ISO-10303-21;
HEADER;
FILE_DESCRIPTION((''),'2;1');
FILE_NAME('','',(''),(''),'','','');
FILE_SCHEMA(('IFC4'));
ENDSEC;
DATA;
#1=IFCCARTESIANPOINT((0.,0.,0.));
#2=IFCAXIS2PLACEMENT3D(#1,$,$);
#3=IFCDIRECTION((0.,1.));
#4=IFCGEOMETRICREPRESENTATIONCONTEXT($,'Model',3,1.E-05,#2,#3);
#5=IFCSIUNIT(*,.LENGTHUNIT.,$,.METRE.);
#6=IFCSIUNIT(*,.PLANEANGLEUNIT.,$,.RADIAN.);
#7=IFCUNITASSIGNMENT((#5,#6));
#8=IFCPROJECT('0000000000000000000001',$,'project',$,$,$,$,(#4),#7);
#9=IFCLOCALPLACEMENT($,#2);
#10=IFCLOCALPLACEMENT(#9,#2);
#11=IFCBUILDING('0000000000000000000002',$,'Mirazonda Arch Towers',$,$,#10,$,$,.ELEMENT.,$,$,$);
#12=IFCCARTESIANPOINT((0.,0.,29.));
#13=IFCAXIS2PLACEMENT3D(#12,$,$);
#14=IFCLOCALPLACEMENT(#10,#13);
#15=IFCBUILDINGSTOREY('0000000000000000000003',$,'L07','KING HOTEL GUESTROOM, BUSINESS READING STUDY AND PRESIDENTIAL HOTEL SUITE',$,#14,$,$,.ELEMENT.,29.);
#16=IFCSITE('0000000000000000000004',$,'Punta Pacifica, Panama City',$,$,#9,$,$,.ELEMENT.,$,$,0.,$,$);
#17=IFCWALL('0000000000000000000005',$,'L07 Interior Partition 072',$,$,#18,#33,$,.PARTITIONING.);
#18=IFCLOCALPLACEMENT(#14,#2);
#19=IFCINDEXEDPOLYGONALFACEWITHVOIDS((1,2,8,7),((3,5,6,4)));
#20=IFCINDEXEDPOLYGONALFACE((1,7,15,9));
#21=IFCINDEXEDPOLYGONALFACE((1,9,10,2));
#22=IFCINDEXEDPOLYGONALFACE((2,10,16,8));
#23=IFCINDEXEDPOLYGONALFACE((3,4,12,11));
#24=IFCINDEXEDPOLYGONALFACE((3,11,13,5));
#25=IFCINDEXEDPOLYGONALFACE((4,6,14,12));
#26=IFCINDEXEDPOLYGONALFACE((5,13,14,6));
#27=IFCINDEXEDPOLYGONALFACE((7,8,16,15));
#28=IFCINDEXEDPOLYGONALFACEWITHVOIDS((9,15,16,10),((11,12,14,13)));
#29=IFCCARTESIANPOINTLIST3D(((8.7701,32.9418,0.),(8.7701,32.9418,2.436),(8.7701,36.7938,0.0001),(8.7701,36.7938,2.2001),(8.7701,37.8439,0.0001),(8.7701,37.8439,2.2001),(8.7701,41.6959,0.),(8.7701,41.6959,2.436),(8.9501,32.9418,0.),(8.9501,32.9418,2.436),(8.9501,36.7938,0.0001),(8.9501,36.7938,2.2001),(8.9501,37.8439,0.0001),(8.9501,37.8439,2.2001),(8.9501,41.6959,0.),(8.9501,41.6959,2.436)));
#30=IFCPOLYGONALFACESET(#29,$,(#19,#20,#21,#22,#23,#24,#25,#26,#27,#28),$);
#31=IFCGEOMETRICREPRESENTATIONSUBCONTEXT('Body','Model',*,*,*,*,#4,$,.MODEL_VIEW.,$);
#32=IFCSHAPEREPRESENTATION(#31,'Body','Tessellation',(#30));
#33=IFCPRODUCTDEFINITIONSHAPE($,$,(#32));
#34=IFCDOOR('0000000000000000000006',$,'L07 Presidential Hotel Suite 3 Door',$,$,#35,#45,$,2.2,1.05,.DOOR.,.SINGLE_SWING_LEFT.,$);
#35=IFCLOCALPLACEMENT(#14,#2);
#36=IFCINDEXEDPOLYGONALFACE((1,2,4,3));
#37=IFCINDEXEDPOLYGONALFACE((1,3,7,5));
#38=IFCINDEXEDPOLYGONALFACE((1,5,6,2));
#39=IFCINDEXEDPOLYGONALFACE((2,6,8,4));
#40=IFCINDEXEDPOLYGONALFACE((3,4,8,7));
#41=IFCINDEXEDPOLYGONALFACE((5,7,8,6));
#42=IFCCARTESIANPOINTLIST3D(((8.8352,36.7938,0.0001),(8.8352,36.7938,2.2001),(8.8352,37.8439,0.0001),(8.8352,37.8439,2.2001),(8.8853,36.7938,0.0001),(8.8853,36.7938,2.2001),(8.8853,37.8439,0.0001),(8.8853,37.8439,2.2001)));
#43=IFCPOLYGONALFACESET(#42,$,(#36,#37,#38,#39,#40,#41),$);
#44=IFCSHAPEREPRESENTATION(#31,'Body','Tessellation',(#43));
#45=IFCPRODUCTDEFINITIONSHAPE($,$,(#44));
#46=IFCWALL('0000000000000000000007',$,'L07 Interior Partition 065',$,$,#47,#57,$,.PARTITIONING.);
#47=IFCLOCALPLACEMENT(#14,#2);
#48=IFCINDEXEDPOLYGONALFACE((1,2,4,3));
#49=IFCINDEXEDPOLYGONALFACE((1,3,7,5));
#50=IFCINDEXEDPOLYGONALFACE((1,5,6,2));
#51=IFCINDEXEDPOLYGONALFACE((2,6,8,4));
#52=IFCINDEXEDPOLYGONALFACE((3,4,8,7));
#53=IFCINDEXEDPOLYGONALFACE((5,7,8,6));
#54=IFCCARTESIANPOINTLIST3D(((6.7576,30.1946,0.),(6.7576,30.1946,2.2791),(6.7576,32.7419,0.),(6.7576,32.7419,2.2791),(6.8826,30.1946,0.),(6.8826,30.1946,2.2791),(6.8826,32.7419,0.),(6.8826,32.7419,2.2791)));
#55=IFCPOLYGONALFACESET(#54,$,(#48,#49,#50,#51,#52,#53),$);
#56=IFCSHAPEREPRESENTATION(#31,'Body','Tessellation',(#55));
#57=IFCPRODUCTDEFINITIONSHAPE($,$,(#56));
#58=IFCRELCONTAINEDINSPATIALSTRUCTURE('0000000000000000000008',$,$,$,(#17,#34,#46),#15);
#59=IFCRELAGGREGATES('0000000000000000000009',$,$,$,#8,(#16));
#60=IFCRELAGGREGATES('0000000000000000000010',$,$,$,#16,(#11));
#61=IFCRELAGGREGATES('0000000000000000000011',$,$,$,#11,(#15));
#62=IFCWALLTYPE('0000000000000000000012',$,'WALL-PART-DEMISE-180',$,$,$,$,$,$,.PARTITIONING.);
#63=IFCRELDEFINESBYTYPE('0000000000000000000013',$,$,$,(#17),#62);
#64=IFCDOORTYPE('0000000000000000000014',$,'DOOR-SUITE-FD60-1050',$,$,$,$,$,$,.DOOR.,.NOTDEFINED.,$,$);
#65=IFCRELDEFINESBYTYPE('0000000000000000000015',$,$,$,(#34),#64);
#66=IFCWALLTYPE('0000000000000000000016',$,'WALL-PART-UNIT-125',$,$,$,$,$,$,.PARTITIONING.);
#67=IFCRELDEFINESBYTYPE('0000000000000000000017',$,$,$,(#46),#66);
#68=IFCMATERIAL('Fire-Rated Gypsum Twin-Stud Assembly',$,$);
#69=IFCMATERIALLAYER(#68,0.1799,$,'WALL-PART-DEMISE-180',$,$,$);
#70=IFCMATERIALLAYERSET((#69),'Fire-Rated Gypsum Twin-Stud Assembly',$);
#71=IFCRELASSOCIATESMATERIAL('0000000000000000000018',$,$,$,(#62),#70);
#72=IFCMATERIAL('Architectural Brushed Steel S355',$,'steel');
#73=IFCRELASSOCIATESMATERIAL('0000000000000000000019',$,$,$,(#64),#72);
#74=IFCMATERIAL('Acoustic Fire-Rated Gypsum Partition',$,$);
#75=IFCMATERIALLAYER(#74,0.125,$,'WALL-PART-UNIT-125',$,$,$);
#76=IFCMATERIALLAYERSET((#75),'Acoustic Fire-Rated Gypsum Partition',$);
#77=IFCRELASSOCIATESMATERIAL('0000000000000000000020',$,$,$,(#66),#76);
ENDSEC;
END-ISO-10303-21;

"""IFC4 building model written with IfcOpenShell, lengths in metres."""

from ifc_helpers import new_model, si_unit, direction, frame, frame_2d, origin, place, context, subcontext, project, spatial, rectangle, extrude, material, layer, layer_set, type_object, element, fill, save


model = new_model("IFC4")

# Units and contexts
model_context = context("Model", 3, precision=1e-05, world=origin(), true_north=direction((0.0, 1.0)))
body_context = subcontext(model_context, "Body", "Model", "MODEL_VIEW")
ifc_project = project(units=[si_unit("LENGTHUNIT", "METRE"), si_unit("PLANEANGLEUNIT", "RADIAN")], contexts=[model_context])

# Site, building, storey
site_placement = place(None, origin())
site = spatial("IfcSite", under=ifc_project, at=site_placement, Name="Punta Pacifica, Panama City", CompositionType="ELEMENT", RefElevation=0.0)
building_placement = place(site_placement, origin())
building = spatial("IfcBuilding", under=site, at=building_placement, Name="Mirazonda Arch Towers", CompositionType="ELEMENT")
storey_placement = place(building_placement, frame((0.0, 0.0, 29.0)))
storey = spatial("IfcBuildingStorey", under=building, at=storey_placement, Name="L07", Description="KING HOTEL GUESTROOM, BUSINESS READING STUDY AND PRESIDENTIAL HOTEL SUITE", CompositionType="ELEMENT", Elevation=29.0)

# Shared definitions
ifc_material_1 = material(Name="Architectural Brushed Steel S355", Category="steel")

# Shared definitions
ifc_material_2 = material(Name="Fire-Rated Gypsum Twin-Stud Assembly")
ifc_layer_1 = layer(ifc_material_2, 0.1799, Name="WALL-PART-DEMISE-180")
ifc_layer_set_1 = layer_set([ifc_layer_1], Name="Fire-Rated Gypsum Twin-Stud Assembly")
wall_type_1 = type_object("IfcWallType", Name="WALL-PART-DEMISE-180", PredefinedType="PARTITIONING", material=ifc_layer_set_1)

# Wall, opening, door
wall_1_placement = place(storey_placement, frame((8.8601, 32.9419, 0.0), z_axis=(0.0, 0.0, 1.0), x_axis=(0.0, 1.0, 0.0)))
wall_1 = element("IfcWall", 1, at=wall_1_placement, inside=storey, type_object=wall_type_1, Name="L07 Interior Partition 072", PredefinedType="PARTITIONING", context=body_context, shape_type="SweptSolid", body=[
    extrude(rectangle(XDim=8.7542, YDim=0.1799, at=frame_2d((4.377, 0.0))), origin(), (0.0, 0.0, 1.0), 2.436),
])
opening_1_placement = place(wall_1_placement, frame((3.8521, 0.0, 0.0)))
opening_1 = element("IfcOpeningElement", 2, at=opening_1_placement, cuts=wall_1, PredefinedType="OPENING", context=body_context, shape_type="SweptSolid", body=[
    extrude(rectangle(XDim=1.05, YDim=2.2, at=frame_2d((0.5249, 1.1001))), frame((0.0, 0.0999, 0.0), z_axis=(0.0, -1.0, 0.0), x_axis=(1.0, 0.0, 0.0)), (0.0, 0.0, 1.0), 0.2),
])
door_type_1 = type_object("IfcDoorType", Name="DOOR-SUITE-FD60-1050", OperationType="NOTDEFINED", PredefinedType="DOOR", material=ifc_material_1)
door_1_placement = place(opening_1_placement, origin())
door_1 = element("IfcDoor", 3, at=door_1_placement, inside=storey, type_object=door_type_1, Name="L07 Presidential Hotel Suite 3 Door", OperationType="SINGLE_SWING_LEFT", OverallHeight=2.2, OverallWidth=1.05, PredefinedType="DOOR", context=body_context, shape_type="SweptSolid", body=[
    extrude(rectangle(XDim=1.05, YDim=2.2, at=frame_2d((0.5249, 1.1001))), frame((0.0, 0.0249, 0.0), z_axis=(0.0, -1.0, 0.0), x_axis=(1.0, 0.0, 0.0)), (0.0, 0.0, 1.0), 0.05),
])
fill(opening_1, door_1)

# Wall
ifc_material_3 = material(Name="Acoustic Fire-Rated Gypsum Partition")
ifc_layer_2 = layer(ifc_material_3, 0.125, Name="WALL-PART-UNIT-125")
ifc_layer_set_2 = layer_set([ifc_layer_2], Name="Acoustic Fire-Rated Gypsum Partition")
wall_type_2 = type_object("IfcWallType", Name="WALL-PART-UNIT-125", PredefinedType="PARTITIONING", material=ifc_layer_set_2)
wall_2_placement = place(storey_placement, frame((6.8201, 30.1946, 0.0), z_axis=(0.0, 0.0, 1.0), x_axis=(0.0, 1.0, 0.0)))
element("IfcWall", 4, at=wall_2_placement, inside=storey, type_object=wall_type_2, Name="L07 Interior Partition 065", PredefinedType="PARTITIONING", context=body_context, shape_type="SweptSolid", body=[
    extrude(rectangle(XDim=2.5474, YDim=0.125, at=frame_2d((1.2737, 0.0))), origin(), (0.0, 0.0, 1.0), 2.2791),
])

save(model, "model.ifc")
